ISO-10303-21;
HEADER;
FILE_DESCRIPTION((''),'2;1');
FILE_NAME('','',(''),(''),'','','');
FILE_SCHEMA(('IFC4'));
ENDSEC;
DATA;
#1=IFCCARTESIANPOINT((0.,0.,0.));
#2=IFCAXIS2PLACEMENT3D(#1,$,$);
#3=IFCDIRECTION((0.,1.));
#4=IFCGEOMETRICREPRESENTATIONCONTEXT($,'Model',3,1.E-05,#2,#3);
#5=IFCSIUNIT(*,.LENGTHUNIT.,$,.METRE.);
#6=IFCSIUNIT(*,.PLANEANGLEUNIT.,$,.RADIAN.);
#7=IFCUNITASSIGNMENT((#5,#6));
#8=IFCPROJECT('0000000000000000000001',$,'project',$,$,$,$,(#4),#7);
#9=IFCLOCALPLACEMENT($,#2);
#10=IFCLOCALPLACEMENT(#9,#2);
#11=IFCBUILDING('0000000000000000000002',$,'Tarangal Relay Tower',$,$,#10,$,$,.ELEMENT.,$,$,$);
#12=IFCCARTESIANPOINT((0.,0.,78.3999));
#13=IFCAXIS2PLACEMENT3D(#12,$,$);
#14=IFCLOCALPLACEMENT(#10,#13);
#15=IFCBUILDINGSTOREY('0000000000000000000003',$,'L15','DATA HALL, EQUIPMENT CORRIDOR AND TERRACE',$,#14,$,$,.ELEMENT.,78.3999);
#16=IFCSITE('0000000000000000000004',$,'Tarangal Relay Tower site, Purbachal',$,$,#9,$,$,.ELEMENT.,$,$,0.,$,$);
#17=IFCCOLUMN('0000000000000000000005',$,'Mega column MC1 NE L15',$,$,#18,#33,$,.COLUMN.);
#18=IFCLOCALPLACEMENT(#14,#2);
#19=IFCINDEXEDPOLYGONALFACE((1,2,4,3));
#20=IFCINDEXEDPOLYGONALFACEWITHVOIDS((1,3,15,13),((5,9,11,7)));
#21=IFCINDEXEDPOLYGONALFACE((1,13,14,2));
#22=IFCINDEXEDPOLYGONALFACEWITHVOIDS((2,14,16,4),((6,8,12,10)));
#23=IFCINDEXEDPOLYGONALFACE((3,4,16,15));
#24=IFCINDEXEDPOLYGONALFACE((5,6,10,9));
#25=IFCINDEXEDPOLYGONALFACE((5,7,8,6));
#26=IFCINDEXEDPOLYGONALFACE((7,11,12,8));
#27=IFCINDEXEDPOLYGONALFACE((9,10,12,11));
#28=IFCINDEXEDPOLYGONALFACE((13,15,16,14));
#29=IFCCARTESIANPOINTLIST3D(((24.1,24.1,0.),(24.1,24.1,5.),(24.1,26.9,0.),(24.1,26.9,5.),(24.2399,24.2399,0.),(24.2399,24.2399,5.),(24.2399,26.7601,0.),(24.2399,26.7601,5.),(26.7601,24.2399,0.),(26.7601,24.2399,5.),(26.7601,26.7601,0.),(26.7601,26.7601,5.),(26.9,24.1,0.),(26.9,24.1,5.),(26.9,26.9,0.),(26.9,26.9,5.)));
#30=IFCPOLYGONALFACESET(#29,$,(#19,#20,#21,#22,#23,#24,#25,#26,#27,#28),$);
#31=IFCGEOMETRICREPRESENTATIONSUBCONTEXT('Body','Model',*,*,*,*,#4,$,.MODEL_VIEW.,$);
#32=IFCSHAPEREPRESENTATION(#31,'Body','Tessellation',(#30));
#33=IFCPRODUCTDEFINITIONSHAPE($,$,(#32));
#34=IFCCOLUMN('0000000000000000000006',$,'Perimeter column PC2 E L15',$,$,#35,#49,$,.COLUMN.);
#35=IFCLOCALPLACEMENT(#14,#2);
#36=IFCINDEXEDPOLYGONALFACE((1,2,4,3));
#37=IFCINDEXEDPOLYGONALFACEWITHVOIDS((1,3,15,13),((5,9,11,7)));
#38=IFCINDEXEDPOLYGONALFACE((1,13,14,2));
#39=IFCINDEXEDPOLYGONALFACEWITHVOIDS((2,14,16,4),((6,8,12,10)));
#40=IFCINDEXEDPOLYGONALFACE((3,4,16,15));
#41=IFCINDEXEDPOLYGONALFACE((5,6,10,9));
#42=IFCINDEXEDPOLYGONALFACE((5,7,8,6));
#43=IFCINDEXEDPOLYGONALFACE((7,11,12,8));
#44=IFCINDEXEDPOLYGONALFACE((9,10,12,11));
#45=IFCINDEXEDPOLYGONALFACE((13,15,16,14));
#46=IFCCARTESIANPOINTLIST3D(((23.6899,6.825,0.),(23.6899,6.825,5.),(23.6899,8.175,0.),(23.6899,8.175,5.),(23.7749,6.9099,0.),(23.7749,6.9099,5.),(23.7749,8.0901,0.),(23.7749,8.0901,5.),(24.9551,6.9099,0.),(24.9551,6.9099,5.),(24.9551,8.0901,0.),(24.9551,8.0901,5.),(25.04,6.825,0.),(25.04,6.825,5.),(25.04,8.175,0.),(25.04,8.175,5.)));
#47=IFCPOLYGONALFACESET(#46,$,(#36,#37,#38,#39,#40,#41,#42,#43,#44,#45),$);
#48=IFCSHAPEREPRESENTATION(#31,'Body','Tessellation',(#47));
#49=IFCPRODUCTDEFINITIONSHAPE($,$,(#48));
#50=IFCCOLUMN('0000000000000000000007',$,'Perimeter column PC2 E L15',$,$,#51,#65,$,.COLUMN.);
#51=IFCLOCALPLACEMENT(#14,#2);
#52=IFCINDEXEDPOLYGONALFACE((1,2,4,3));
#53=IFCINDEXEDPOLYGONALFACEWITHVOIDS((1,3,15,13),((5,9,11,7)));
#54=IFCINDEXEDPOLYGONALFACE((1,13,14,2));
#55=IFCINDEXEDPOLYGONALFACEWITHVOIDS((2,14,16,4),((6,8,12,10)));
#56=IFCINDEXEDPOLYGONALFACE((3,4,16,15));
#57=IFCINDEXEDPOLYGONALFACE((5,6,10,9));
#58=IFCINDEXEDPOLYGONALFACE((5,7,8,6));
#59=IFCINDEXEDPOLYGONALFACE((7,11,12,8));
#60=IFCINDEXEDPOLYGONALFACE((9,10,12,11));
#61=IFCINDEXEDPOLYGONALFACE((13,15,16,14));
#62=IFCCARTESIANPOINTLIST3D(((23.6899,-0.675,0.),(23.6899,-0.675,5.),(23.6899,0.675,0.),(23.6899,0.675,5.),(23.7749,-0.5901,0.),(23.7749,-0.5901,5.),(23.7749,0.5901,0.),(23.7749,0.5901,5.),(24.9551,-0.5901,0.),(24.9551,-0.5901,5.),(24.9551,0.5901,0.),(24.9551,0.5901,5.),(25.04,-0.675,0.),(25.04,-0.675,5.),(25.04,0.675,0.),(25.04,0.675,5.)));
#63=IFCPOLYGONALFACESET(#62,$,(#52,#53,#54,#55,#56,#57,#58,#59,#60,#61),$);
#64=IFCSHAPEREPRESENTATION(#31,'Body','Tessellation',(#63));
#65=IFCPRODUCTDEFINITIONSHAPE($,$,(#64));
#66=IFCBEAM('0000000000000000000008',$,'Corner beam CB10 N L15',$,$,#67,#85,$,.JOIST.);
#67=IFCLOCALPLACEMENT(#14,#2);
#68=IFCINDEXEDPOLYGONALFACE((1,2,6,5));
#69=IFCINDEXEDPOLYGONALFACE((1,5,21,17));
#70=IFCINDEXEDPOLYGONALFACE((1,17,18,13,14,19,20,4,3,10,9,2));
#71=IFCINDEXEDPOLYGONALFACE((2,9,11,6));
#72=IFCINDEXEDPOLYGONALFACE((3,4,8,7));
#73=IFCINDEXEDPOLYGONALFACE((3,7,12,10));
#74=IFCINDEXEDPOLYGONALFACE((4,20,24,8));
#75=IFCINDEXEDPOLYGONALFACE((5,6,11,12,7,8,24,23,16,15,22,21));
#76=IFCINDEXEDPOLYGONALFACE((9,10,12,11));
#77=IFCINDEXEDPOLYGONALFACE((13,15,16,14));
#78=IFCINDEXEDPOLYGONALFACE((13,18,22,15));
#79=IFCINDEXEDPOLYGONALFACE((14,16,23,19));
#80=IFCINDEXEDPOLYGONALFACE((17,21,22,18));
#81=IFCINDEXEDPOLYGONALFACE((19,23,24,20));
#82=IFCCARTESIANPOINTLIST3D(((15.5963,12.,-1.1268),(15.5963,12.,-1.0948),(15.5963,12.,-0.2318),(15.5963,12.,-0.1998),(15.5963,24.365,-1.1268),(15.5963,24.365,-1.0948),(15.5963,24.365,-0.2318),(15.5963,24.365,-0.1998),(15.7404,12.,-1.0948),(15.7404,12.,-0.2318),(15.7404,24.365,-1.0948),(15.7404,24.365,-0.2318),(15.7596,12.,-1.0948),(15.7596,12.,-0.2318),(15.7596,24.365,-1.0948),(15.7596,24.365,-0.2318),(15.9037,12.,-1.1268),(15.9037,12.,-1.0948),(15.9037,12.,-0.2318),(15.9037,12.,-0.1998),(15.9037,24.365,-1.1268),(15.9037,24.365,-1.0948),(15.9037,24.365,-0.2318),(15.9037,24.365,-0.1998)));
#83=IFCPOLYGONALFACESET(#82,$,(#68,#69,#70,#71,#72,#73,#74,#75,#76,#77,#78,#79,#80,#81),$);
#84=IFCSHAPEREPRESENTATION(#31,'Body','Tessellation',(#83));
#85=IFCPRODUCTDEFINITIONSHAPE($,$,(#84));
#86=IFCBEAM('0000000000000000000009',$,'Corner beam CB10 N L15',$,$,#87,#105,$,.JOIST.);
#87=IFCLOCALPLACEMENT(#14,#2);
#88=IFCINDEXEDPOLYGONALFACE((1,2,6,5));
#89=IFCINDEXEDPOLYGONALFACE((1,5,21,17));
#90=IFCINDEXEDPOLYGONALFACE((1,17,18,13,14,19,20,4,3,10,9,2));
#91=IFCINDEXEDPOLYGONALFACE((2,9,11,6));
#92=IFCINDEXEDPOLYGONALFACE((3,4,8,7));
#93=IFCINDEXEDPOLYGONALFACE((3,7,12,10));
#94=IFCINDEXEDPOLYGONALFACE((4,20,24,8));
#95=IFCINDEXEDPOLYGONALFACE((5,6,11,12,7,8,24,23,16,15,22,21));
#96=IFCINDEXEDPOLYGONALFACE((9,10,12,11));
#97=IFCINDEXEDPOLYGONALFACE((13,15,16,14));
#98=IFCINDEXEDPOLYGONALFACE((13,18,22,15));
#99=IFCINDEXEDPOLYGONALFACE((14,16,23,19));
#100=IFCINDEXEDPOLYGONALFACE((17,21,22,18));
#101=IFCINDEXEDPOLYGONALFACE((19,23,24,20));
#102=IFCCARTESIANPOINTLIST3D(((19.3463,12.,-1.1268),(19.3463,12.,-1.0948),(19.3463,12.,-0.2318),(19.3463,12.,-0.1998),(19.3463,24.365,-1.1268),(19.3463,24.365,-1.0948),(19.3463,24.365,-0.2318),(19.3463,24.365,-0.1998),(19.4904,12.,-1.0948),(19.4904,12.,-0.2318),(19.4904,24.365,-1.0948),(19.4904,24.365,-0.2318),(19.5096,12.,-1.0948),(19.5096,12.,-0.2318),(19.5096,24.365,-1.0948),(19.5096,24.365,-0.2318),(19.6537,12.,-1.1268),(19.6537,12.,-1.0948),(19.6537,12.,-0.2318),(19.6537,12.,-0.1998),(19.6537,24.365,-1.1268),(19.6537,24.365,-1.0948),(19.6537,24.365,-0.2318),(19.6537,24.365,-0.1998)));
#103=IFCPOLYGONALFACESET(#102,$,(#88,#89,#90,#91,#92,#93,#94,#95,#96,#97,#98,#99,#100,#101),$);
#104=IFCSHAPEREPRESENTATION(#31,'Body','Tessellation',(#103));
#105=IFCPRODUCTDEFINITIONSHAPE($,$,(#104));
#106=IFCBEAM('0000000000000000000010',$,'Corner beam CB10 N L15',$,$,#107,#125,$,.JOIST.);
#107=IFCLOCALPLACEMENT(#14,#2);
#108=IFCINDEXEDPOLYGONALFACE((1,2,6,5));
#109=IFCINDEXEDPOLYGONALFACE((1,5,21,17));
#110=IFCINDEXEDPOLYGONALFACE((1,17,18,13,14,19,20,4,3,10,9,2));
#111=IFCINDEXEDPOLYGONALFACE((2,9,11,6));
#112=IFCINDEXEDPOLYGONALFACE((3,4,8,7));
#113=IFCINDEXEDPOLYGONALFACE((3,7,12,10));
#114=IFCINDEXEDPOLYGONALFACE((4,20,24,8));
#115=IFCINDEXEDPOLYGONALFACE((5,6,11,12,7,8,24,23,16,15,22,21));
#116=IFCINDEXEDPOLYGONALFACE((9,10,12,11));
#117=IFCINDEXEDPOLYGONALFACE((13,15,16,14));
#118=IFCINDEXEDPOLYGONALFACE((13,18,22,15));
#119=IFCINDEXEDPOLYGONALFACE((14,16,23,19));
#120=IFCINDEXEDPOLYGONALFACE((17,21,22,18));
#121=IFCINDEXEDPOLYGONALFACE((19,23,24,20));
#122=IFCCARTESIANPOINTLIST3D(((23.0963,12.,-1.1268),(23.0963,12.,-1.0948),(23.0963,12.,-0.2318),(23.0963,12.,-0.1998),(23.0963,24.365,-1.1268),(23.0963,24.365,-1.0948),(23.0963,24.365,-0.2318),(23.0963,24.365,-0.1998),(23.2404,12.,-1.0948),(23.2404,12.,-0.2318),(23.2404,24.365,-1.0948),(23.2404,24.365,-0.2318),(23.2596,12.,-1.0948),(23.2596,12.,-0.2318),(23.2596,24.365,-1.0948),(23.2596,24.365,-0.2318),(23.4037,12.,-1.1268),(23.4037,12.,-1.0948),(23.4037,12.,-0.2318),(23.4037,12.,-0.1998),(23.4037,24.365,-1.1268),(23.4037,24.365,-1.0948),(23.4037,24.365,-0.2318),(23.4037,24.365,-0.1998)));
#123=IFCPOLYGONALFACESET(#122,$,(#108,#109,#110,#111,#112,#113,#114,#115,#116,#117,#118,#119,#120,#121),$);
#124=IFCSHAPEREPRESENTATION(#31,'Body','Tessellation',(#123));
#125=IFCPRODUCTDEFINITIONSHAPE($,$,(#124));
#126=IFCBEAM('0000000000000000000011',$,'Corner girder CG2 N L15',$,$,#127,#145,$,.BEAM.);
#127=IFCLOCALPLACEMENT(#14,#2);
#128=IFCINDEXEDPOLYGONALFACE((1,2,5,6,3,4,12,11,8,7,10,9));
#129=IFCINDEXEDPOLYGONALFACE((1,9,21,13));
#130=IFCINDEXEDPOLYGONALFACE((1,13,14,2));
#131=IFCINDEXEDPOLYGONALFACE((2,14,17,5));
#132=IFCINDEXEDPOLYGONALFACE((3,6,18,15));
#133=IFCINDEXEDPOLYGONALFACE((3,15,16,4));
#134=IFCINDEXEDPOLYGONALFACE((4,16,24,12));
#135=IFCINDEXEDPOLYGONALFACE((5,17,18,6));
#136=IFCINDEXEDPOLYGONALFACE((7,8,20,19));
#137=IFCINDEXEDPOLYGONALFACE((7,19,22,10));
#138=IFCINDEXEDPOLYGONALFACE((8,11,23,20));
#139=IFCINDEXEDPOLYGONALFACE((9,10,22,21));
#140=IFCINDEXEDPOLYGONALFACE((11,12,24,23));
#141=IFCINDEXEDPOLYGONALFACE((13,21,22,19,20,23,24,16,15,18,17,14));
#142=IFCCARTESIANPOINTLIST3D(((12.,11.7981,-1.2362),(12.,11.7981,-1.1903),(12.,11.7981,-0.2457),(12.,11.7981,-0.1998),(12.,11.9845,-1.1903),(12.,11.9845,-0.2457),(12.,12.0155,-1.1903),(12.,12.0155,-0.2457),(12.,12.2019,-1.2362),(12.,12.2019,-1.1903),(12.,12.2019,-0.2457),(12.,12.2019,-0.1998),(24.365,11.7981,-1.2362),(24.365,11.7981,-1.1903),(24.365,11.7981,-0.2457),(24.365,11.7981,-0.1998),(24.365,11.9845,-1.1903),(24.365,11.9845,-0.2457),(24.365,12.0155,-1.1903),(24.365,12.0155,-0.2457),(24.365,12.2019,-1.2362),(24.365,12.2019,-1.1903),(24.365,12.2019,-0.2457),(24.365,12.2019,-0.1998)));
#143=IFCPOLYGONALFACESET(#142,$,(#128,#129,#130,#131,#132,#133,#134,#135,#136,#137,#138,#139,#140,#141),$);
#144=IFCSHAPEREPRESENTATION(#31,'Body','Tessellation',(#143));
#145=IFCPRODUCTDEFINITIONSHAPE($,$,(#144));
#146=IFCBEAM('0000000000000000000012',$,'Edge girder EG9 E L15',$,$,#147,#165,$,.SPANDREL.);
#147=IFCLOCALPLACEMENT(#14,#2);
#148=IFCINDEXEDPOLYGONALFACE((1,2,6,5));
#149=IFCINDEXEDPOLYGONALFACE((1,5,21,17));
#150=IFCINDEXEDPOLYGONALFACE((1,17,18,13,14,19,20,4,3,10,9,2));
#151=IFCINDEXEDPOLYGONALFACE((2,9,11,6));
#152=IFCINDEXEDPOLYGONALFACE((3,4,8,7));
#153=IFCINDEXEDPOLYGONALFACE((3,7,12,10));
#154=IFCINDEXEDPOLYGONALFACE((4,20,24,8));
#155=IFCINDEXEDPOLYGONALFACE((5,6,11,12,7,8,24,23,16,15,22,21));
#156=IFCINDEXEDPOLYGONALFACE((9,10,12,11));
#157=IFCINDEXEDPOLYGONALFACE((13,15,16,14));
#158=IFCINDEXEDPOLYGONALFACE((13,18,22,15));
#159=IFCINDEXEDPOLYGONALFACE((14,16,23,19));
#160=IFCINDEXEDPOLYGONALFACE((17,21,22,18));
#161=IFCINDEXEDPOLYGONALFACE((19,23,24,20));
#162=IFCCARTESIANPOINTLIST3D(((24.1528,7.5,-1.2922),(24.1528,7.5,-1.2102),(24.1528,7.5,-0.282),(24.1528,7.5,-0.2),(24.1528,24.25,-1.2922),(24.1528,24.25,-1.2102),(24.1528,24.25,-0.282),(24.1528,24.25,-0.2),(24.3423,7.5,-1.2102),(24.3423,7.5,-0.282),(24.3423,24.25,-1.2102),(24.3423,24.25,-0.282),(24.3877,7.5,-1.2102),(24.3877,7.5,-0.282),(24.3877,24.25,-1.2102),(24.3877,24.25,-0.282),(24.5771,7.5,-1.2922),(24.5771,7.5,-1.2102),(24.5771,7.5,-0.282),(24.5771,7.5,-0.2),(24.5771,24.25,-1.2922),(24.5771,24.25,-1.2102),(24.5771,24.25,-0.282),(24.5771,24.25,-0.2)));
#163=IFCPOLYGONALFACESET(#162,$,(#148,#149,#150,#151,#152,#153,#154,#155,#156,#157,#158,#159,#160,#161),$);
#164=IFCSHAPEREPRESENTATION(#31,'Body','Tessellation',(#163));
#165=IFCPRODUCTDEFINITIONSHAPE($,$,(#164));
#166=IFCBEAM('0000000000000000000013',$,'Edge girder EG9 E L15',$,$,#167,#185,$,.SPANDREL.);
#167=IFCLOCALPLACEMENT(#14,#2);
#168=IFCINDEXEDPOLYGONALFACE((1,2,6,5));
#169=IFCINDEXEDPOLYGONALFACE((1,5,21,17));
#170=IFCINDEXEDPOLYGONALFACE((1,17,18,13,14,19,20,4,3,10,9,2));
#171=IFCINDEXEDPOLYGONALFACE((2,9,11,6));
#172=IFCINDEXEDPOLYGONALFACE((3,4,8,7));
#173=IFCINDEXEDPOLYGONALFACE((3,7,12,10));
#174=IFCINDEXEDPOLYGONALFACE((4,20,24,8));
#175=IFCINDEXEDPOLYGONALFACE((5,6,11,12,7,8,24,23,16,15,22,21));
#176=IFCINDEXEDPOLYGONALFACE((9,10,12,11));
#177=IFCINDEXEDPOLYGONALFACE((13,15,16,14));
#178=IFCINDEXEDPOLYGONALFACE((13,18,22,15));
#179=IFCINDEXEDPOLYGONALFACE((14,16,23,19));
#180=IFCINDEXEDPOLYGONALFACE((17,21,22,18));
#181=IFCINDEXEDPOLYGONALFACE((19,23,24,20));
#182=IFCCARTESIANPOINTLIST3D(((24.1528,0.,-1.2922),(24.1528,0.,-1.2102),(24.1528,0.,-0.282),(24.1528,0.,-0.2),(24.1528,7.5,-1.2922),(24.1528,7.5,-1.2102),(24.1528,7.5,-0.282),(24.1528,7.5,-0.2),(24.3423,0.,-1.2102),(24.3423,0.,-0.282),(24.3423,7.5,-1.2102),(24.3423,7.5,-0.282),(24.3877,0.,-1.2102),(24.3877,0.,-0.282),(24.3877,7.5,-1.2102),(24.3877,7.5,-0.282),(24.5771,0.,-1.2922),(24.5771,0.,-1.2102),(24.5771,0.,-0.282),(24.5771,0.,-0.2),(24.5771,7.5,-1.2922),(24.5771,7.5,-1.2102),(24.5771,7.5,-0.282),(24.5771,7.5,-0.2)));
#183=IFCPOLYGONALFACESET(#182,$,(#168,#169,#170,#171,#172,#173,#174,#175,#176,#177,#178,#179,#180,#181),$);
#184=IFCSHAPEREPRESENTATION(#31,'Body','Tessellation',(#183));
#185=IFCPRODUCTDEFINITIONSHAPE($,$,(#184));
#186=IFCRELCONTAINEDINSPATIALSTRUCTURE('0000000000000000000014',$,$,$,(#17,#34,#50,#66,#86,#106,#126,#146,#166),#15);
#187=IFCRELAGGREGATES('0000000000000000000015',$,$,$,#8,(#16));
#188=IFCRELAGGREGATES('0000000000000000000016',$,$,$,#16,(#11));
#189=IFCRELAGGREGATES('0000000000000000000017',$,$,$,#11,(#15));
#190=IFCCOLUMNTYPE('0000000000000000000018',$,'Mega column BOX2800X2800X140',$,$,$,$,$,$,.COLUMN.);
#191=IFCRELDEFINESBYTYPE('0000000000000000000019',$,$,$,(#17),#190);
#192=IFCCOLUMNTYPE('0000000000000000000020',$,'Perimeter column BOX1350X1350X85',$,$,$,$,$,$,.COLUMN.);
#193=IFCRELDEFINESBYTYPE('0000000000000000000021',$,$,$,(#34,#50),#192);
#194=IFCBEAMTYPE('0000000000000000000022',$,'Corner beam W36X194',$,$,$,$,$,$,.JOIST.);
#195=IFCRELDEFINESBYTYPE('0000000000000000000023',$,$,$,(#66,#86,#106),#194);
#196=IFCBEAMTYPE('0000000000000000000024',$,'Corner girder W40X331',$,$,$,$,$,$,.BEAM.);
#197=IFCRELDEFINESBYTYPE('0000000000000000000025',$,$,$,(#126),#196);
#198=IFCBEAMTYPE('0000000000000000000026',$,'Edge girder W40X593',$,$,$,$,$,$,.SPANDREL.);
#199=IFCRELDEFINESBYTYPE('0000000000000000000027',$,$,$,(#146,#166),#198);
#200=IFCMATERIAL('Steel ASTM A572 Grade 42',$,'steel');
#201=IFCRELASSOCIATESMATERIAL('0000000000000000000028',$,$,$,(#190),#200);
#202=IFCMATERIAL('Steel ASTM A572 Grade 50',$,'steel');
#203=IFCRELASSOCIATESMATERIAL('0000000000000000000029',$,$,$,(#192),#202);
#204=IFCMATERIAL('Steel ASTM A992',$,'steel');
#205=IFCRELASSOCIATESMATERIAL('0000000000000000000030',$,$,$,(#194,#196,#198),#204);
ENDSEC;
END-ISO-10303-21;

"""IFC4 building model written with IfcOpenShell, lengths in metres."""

from ifc_helpers import new_model, si_unit, direction, frame, origin, origin_2d, place, context, subcontext, project, spatial, hollow_rectangle, i_section, extrude, material, material_profile, profile_set, type_object, element, save


model = new_model("IFC4")

# Units and contexts
model_context = context("Model", 3, precision=1e-05, world=origin(), true_north=direction((0.0, 1.0)))
body_context = subcontext(model_context, "Body", "Model", "MODEL_VIEW")
ifc_project = project(units=[si_unit("LENGTHUNIT", "METRE"), si_unit("PLANEANGLEUNIT", "RADIAN")], contexts=[model_context])

# Site, building, storey
site_placement = place(None, origin())
site = spatial("IfcSite", under=ifc_project, at=site_placement, Name="Tarangal Relay Tower site, Purbachal", CompositionType="ELEMENT", RefElevation=0.0)
building_placement = place(site_placement, origin())
building = spatial("IfcBuilding", under=site, at=building_placement, Name="Tarangal Relay Tower", CompositionType="ELEMENT")
storey_placement = place(building_placement, frame((0.0, 0.0, 78.3999)))
storey = spatial("IfcBuildingStorey", under=building, at=storey_placement, Name="L15", Description="DATA HALL, EQUIPMENT CORRIDOR AND TERRACE", CompositionType="ELEMENT", Elevation=78.3999)

# Columns
ifc_material_1 = material(Name="Steel ASTM A572 Grade 42", Category="steel")
ifc_material_profile_1 = material_profile(ifc_material_1, hollow_rectangle(XDim=2.8, YDim=2.8, WallThickness=0.1399, at=origin_2d()), Name="BOX2800X2800X140")
ifc_profile_set_1 = profile_set([ifc_material_profile_1], Name="Steel ASTM A572 Grade 42")
column_type_1 = type_object("IfcColumnType", Name="Mega column BOX2800X2800X140", PredefinedType="COLUMN", material=ifc_profile_set_1)
column_placement = place(storey_placement, frame((25.5, 25.5, 0.0), z_axis=(0.0, 0.0, 1.0), x_axis=(1.0, 0.0, 0.0)))
element("IfcColumn", 1, at=column_placement, inside=storey, type_object=column_type_1, Name="Mega column MC1 NE L15", PredefinedType="COLUMN", context=body_context, shape_type="SweptSolid", body=[
    extrude(hollow_rectangle(XDim=2.8, YDim=2.8, WallThickness=0.1399, at=origin_2d()), origin(), (0.0, 0.0, 1.0), 5.0),
])
ifc_material_2 = material(Name="Steel ASTM A572 Grade 50", Category="steel")
ifc_material_profile_2 = material_profile(ifc_material_2, hollow_rectangle(XDim=1.3501, YDim=1.3501, WallThickness=0.085, at=origin_2d()), Name="BOX1350X1350X85")
ifc_profile_set_2 = profile_set([ifc_material_profile_2], Name="Steel ASTM A572 Grade 50")
column_type_2 = type_object("IfcColumnType", Name="Perimeter column BOX1350X1350X85", PredefinedType="COLUMN", material=ifc_profile_set_2)
for number, where, z_axis, x_axis, name in (
    (2, (24.365, 7.5, 0.0), (0.0, 0.0, 1.0), (1.0, 0.0, 0.0), "Perimeter column PC2 E L15"),
    (3, (24.365, 0.0, 0.0), (0.0, 0.0, 1.0), (1.0, 0.0, 0.0), "Perimeter column PC2 E L15"),
):
    element("IfcColumn", number, at=place(storey_placement, frame(where, z_axis=z_axis, x_axis=x_axis)), inside=storey, type_object=column_type_2, Name=name, PredefinedType="COLUMN", context=body_context, shape_type="SweptSolid", body=[
        extrude(hollow_rectangle(XDim=1.3501, YDim=1.3501, WallThickness=0.085, at=origin_2d()), origin(), (0.0, 0.0, 1.0), 5.0),
    ])

# Beams
ifc_material_3 = material(Name="Steel ASTM A992", Category="steel")
ifc_material_profile_3 = material_profile(ifc_material_3, i_section(OverallWidth=0.3074, OverallDepth=0.927, WebThickness=0.0193, FlangeThickness=0.032, at=origin_2d()), Name="W36X194")
ifc_profile_set_3 = profile_set([ifc_material_profile_3], Name="Steel ASTM A992")
beam_type_1 = type_object("IfcBeamType", Name="Corner beam W36X194", PredefinedType="JOIST", material=ifc_profile_set_3)
for number, where, z_axis, x_axis, name in (
    (4, (15.75, 12.0, -0.6633), (0.0, 1.0, 0.0), (-1.0, 0.0, 0.0), "Corner beam CB10 N L15"),
    (5, (19.5, 12.0, -0.6633), (0.0, 1.0, 0.0), (-1.0, 0.0, 0.0), "Corner beam CB10 N L15"),
    (6, (23.25, 12.0, -0.6633), (0.0, 1.0, 0.0), (-1.0, 0.0, 0.0), "Corner beam CB10 N L15"),
):
    element("IfcBeam", number, at=place(storey_placement, frame(where, z_axis=z_axis, x_axis=x_axis)), inside=storey, type_object=beam_type_1, Name=name, PredefinedType="JOIST", context=body_context, shape_type="SweptSolid", body=[
        extrude(i_section(OverallWidth=0.3074, OverallDepth=0.927, WebThickness=0.0193, FlangeThickness=0.032, at=origin_2d()), origin(), (0.0, 0.0, 1.0), 12.365),
    ])
ifc_material_profile_4 = material_profile(ifc_material_3, i_section(OverallWidth=0.4038, OverallDepth=1.0364, WebThickness=0.031, FlangeThickness=0.0459, at=origin_2d()), Name="W40X331")
ifc_profile_set_4 = profile_set([ifc_material_profile_4], Name="Steel ASTM A992")
beam_type_2 = type_object("IfcBeamType", Name="Corner girder W40X331", PredefinedType="BEAM", material=ifc_profile_set_4)
beam_1_placement = place(storey_placement, frame((12.0, 12.0, -0.718), z_axis=(1.0, 0.0, 0.0), x_axis=(0.0, 1.0, 0.0)))
element("IfcBeam", 7, at=beam_1_placement, inside=storey, type_object=beam_type_2, Name="Corner girder CG2 N L15", PredefinedType="BEAM", context=body_context, shape_type="SweptSolid", body=[
    extrude(i_section(OverallWidth=0.4038, OverallDepth=1.0364, WebThickness=0.031, FlangeThickness=0.0459, at=origin_2d()), origin(), (0.0, 0.0, 1.0), 12.365),
])
ifc_material_profile_5 = material_profile(ifc_material_3, i_section(OverallWidth=0.4243, OverallDepth=1.0923, WebThickness=0.0454, FlangeThickness=0.082, at=origin_2d()), Name="W40X593")
ifc_profile_set_5 = profile_set([ifc_material_profile_5], Name="Steel ASTM A992")
beam_type_3 = type_object("IfcBeamType", Name="Edge girder W40X593", PredefinedType="SPANDREL", material=ifc_profile_set_5)
beam_2_placement = place(storey_placement, frame((24.365, 24.25, -0.7461), z_axis=(0.0, -1.0, 0.0), x_axis=(1.0, 0.0, 0.0)))
element("IfcBeam", 8, at=beam_2_placement, inside=storey, type_object=beam_type_3, Name="Edge girder EG9 E L15", PredefinedType="SPANDREL", context=body_context, shape_type="SweptSolid", body=[
    extrude(i_section(OverallWidth=0.4243, OverallDepth=1.0923, WebThickness=0.0454, FlangeThickness=0.082, at=origin_2d()), origin(), (0.0, 0.0, 1.0), 16.75),
])
for number, where, z_axis, x_axis, name in (
    (9, (24.365, 7.5, -0.7461), (0.0, -1.0, 0.0), (1.0, 0.0, 0.0), "Edge girder EG9 E L15"),
):
    element("IfcBeam", number, at=place(storey_placement, frame(where, z_axis=z_axis, x_axis=x_axis)), inside=storey, type_object=beam_type_3, Name=name, PredefinedType="SPANDREL", context=body_context, shape_type="SweptSolid", body=[
        extrude(i_section(OverallWidth=0.4243, OverallDepth=1.0923, WebThickness=0.0454, FlangeThickness=0.082, at=origin_2d()), origin(), (0.0, 0.0, 1.0), 7.5),
    ])

save(model, "model.ifc")
